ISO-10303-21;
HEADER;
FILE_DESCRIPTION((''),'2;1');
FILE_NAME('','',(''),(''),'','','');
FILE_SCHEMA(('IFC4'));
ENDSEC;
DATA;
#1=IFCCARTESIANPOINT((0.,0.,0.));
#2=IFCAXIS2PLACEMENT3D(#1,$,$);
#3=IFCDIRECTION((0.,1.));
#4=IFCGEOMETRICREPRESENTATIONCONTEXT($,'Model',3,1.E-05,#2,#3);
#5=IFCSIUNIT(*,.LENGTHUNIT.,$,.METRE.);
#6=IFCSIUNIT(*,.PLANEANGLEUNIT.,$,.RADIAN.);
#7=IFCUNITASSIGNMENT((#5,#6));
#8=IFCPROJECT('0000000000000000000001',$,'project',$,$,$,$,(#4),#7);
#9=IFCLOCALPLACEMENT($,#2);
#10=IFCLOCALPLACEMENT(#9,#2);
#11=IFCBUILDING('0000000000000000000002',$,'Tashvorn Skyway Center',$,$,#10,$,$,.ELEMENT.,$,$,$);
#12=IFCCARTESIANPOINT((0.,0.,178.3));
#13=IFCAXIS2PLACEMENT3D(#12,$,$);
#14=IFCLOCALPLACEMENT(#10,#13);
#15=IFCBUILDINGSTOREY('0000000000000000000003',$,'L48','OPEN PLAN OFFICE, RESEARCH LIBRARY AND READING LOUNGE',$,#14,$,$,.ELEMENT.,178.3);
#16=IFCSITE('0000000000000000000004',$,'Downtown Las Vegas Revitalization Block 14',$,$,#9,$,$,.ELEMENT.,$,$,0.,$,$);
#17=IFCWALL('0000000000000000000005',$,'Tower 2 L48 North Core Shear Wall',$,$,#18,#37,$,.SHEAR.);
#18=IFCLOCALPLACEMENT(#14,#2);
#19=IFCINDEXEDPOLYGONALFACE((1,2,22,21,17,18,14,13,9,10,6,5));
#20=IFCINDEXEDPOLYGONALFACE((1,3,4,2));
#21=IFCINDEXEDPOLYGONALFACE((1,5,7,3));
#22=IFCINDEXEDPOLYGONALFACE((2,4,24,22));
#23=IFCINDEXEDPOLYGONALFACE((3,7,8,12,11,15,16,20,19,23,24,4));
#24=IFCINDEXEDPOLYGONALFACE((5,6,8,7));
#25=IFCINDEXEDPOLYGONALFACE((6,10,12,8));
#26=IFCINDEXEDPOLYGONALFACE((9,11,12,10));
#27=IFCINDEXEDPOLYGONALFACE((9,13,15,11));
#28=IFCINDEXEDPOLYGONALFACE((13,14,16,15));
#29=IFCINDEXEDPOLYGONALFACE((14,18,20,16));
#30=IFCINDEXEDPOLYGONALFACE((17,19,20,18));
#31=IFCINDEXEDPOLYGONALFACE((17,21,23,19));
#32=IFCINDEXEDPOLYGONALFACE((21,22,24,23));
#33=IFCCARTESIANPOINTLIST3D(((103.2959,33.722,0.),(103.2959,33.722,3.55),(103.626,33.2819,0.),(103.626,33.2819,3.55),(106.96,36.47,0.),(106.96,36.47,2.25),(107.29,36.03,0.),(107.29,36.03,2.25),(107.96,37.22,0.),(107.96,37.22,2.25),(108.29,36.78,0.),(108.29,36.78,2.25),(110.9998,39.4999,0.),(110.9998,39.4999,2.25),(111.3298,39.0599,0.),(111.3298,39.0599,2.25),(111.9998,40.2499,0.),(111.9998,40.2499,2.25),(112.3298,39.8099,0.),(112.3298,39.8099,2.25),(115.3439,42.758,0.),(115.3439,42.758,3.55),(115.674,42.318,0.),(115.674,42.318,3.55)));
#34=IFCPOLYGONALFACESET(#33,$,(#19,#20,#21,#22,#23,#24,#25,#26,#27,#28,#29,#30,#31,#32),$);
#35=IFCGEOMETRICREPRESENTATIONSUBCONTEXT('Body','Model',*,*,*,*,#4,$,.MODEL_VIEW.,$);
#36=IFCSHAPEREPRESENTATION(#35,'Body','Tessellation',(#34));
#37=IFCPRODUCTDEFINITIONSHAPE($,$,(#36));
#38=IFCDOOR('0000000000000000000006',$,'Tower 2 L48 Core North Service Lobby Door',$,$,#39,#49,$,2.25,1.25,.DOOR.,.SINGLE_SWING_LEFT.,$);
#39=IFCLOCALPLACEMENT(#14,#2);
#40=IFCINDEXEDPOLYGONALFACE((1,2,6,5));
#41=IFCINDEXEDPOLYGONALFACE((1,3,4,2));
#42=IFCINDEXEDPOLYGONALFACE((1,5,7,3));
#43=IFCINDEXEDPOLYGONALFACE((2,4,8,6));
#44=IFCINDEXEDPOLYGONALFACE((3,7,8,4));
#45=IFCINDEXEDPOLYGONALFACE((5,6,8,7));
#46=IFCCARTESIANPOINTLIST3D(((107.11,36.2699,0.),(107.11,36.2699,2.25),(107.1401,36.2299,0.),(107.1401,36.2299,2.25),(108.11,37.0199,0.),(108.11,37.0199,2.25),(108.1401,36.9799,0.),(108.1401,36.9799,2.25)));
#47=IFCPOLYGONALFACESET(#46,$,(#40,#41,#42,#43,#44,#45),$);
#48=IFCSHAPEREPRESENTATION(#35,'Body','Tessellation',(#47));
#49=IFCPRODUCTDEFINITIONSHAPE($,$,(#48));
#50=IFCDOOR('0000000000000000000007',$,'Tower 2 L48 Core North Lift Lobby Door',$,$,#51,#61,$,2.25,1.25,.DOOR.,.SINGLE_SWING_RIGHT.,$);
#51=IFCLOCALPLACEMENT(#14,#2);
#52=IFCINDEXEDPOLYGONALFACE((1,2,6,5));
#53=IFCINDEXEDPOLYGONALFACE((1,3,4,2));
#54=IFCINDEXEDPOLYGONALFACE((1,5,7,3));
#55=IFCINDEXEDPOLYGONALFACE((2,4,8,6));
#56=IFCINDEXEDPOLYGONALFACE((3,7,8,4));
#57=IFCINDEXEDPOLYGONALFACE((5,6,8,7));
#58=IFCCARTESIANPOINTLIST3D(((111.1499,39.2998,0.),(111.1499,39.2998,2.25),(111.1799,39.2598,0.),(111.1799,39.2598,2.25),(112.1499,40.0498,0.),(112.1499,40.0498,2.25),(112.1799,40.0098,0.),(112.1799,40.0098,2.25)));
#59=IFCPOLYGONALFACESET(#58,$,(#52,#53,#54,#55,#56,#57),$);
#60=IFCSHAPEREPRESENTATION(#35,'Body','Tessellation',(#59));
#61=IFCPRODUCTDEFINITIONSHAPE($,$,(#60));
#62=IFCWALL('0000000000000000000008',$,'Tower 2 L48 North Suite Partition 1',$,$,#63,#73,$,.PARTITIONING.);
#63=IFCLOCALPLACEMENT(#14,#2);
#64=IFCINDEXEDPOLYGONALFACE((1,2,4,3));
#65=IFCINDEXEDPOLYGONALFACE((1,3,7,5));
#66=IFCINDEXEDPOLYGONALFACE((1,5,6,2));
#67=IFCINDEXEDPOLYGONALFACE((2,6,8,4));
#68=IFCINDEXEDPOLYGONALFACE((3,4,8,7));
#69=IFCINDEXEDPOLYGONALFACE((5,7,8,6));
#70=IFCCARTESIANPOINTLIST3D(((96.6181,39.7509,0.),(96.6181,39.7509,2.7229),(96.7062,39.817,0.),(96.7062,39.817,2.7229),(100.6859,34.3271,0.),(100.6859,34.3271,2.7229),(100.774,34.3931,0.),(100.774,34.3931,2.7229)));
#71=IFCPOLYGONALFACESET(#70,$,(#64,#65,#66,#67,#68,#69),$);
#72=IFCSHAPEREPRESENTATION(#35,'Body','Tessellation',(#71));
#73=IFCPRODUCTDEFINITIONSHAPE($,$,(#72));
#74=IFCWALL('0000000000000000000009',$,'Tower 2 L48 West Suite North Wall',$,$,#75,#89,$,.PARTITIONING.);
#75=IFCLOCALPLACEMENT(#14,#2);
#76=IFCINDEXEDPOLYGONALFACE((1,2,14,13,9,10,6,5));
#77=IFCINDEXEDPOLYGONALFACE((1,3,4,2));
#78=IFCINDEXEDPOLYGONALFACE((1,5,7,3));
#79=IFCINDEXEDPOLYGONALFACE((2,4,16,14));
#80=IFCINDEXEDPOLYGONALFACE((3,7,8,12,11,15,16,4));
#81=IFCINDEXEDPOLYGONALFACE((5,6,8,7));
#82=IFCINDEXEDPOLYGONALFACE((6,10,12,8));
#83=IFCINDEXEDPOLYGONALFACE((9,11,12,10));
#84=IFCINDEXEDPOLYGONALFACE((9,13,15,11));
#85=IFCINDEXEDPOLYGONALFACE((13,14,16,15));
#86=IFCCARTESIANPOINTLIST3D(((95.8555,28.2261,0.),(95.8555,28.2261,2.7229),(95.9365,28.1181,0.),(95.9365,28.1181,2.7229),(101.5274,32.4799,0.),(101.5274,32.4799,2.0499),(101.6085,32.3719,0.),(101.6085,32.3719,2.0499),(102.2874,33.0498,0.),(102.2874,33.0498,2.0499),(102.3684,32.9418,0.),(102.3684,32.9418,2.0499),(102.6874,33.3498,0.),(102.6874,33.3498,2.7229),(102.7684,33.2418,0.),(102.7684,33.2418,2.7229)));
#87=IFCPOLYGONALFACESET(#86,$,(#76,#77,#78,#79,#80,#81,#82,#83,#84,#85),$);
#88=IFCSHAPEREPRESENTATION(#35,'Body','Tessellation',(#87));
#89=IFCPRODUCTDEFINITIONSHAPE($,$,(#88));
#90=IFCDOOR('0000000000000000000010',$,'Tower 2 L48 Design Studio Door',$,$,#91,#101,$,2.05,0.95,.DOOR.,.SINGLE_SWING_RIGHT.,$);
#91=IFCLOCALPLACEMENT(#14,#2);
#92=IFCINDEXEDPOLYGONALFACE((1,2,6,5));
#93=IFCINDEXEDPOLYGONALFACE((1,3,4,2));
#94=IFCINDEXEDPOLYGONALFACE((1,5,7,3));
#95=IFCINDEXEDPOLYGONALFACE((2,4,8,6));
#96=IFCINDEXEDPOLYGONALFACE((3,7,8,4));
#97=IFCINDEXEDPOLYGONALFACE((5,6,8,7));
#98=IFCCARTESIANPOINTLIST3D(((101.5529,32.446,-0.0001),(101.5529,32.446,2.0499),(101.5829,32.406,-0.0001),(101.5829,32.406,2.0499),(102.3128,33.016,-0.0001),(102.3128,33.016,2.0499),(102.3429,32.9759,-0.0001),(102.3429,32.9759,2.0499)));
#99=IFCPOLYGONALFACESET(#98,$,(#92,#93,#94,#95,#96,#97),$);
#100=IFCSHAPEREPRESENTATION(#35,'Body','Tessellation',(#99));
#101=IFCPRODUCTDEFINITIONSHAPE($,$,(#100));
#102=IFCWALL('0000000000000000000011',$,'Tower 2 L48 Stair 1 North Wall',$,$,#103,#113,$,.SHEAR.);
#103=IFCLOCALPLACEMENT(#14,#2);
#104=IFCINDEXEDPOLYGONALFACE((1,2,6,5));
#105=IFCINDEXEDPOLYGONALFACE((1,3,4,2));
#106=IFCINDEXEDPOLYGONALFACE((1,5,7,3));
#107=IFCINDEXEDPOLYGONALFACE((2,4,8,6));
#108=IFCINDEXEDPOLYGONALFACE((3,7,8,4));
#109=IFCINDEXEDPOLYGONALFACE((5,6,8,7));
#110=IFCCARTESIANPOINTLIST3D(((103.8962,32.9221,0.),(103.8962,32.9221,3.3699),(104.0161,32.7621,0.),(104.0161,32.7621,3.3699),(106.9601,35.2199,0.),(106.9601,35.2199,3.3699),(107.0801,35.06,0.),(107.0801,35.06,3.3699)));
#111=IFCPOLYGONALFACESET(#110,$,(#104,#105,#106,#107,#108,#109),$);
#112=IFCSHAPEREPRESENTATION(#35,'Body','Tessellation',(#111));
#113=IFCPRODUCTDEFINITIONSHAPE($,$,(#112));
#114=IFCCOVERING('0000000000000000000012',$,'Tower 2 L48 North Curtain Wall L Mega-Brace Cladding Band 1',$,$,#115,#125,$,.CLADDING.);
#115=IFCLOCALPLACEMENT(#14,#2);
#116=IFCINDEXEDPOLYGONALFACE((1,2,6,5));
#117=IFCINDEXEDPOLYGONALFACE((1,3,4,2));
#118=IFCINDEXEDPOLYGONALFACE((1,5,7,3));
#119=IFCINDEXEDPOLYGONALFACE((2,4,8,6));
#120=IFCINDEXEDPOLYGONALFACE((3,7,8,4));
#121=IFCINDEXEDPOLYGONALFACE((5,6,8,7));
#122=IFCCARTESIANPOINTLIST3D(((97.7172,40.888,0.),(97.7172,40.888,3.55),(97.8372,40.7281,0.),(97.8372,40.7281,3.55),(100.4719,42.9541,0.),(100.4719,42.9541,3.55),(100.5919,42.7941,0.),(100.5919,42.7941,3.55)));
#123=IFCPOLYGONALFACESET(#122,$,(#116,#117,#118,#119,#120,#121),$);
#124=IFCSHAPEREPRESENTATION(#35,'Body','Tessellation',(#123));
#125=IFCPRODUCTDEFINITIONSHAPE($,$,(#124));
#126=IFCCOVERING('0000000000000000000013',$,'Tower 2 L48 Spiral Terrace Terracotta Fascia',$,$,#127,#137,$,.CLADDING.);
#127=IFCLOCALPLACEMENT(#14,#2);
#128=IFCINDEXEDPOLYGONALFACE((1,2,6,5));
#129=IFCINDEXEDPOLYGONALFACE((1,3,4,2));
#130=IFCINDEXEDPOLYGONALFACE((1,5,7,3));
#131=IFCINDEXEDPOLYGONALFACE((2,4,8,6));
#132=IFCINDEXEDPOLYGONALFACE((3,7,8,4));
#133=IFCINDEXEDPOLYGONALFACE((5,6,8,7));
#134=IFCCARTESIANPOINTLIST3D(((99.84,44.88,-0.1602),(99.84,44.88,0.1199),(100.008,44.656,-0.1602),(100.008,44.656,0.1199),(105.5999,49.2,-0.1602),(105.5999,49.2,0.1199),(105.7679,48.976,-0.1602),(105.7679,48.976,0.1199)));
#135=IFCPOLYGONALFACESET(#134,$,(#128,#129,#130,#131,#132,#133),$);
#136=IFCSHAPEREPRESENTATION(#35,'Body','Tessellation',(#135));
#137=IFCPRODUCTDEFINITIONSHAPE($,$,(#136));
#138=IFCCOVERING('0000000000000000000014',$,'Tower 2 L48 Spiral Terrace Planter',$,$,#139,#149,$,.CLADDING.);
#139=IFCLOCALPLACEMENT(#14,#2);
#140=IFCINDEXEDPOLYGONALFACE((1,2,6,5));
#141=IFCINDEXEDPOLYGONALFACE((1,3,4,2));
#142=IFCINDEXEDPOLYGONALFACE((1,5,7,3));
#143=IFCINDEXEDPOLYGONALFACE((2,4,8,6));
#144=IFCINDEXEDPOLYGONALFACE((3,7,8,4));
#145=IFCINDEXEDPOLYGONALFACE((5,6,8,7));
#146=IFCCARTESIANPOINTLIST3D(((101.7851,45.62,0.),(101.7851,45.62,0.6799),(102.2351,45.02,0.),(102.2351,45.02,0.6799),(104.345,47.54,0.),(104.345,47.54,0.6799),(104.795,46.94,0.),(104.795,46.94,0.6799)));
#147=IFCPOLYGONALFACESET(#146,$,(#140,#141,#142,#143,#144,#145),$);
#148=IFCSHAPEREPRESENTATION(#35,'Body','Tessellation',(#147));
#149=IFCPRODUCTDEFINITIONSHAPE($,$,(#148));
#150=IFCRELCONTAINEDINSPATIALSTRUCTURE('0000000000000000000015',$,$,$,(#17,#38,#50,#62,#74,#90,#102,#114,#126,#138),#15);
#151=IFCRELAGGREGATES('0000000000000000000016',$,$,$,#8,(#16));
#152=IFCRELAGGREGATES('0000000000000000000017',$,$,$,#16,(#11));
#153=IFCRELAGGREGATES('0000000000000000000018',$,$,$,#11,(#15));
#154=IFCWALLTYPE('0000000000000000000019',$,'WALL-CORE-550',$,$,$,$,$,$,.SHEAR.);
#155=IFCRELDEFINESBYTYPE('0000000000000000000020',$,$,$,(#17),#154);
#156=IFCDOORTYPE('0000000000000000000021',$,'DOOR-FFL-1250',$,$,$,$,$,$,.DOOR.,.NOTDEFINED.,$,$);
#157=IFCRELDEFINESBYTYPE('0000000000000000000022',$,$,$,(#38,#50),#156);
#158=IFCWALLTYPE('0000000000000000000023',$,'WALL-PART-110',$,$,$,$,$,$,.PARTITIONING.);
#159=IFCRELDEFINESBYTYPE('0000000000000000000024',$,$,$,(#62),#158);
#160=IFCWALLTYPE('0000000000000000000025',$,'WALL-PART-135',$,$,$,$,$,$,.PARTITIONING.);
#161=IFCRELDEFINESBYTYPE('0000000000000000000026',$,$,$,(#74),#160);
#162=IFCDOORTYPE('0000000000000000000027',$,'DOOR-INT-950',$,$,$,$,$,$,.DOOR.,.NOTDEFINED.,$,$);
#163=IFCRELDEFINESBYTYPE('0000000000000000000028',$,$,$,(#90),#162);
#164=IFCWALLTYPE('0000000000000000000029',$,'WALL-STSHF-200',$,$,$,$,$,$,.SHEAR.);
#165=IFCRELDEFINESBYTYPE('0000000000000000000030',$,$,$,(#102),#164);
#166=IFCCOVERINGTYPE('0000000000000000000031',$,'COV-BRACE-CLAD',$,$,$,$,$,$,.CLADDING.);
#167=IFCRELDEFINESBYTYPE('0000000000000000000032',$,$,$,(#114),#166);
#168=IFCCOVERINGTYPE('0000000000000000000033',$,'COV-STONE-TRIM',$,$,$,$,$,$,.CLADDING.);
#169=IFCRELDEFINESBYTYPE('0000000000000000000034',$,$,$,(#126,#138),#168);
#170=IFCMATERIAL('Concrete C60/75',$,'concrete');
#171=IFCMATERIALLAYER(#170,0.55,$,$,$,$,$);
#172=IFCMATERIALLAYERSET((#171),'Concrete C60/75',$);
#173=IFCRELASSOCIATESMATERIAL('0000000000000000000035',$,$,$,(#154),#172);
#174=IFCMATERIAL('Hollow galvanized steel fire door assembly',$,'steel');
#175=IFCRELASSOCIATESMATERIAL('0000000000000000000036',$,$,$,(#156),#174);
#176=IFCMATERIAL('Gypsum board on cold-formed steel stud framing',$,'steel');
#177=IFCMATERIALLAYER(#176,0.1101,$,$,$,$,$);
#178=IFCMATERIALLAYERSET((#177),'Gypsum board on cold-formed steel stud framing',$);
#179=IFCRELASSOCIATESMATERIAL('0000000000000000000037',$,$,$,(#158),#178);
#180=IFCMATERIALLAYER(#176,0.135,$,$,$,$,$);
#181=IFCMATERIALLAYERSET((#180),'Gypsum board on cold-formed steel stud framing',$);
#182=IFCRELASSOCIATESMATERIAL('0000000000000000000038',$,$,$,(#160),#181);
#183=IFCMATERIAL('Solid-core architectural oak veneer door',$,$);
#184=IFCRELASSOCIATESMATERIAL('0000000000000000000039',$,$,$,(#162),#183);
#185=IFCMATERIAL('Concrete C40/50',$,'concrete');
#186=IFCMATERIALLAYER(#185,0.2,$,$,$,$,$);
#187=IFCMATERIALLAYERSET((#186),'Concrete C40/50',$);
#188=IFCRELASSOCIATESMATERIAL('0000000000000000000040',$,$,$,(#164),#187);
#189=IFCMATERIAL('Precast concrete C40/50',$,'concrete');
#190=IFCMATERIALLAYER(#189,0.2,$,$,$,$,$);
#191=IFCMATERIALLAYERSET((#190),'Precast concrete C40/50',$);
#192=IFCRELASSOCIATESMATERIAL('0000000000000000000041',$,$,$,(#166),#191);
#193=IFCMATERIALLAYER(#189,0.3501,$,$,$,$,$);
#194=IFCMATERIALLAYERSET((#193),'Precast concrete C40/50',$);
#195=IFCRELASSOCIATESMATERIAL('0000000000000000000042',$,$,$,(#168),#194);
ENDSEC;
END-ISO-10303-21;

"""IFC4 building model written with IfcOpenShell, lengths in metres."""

from ifc_helpers import new_model, si_unit, direction, frame, frame_2d, origin, origin_2d, place, context, subcontext, project, spatial, rectangle, extrude, material, layer, layer_set, type_object, element, fill, save


model = new_model("IFC4")

# Units and contexts
model_context = context("Model", 3, precision=1e-05, world=origin(), true_north=direction((0.0, 1.0)))
body_context = subcontext(model_context, "Body", "Model", "MODEL_VIEW")
ifc_project = project(units=[si_unit("LENGTHUNIT", "METRE"), si_unit("PLANEANGLEUNIT", "RADIAN")], contexts=[model_context])

# Site, building, storey
site_placement = place(None, origin())
site = spatial("IfcSite", under=ifc_project, at=site_placement, Name="Downtown Las Vegas Revitalization Block 14", CompositionType="ELEMENT", RefElevation=0.0)
building_placement = place(site_placement, origin())
building = spatial("IfcBuilding", under=site, at=building_placement, Name="Tashvorn Skyway Center", CompositionType="ELEMENT")
storey_placement = place(building_placement, frame((0.0, 0.0, 178.3)))
storey = spatial("IfcBuildingStorey", under=building, at=storey_placement, Name="L48", Description="OPEN PLAN OFFICE, RESEARCH LIBRARY AND READING LOUNGE", CompositionType="ELEMENT", Elevation=178.3)

# Wall, openings, doors
ifc_material_1 = material(Name="Concrete C60/75", Category="concrete")
ifc_layer_1 = layer(ifc_material_1, 0.55)
ifc_layer_set_1 = layer_set([ifc_layer_1], Name="Concrete C60/75")
wall_type_1 = type_object("IfcWallType", Name="WALL-CORE-550", PredefinedType="SHEAR", material=ifc_layer_set_1)
wall_1_placement = place(storey_placement, frame((103.4609, 33.502, 0.0), z_axis=(0.0, 0.0, 1.0), x_axis=(0.799998, 0.600003, 0.0)))
wall_1 = element("IfcWall", 1, at=wall_1_placement, inside=storey, type_object=wall_type_1, Name="Tower 2 L48 North Core Shear Wall", PredefinedType="SHEAR", context=body_context, shape_type="SweptSolid", body=[
    extrude(rectangle(XDim=15.0601, YDim=0.55, at=frame_2d((7.53, 0.0))), origin(), (0.0, 0.0, 1.0), 3.55),
])
opening_1_placement = place(wall_1_placement, frame((4.5801, 0.0, 0.0)))
opening_1 = element("IfcOpeningElement", 2, at=opening_1_placement, cuts=wall_1, PredefinedType="OPENING", context=body_context, shape_type="SweptSolid", body=[
    extrude(rectangle(XDim=1.25, YDim=2.25, at=frame_2d((0.625, 1.125))), frame((0.0, 0.2849, 0.0), z_axis=(0.0, -1.0, 0.0), x_axis=(1.0, 0.0, 0.0)), (0.0, 0.0, 1.0), 0.5701),
])
opening_2_placement = place(wall_1_placement, frame((9.6299, 0.0, 0.0)))
opening_2 = element("IfcOpeningElement", 3, at=opening_2_placement, cuts=wall_1, PredefinedType="OPENING", context=body_context, shape_type="SweptSolid", body=[
    extrude(rectangle(XDim=1.25, YDim=2.25, at=frame_2d((0.625, 1.125))), frame((0.0, 0.2849, 0.0), z_axis=(0.0, -1.0, 0.0), x_axis=(1.0, 0.0, 0.0)), (0.0, 0.0, 1.0), 0.5701),
])
ifc_material_2 = material(Name="Hollow galvanized steel fire door assembly", Category="steel")
door_type_1 = type_object("IfcDoorType", Name="DOOR-FFL-1250", OperationType="NOTDEFINED", PredefinedType="DOOR", material=ifc_material_2)
door_1_placement = place(opening_1_placement, origin())
door_1 = element("IfcDoor", 4, at=door_1_placement, inside=storey, type_object=door_type_1, Name="Tower 2 L48 Core North Service Lobby Door", OperationType="SINGLE_SWING_LEFT", OverallHeight=2.25, OverallWidth=1.25, PredefinedType="DOOR", context=body_context, shape_type="SweptSolid", body=[
    extrude(rectangle(XDim=1.25, YDim=2.25, at=frame_2d((0.625, 1.125))), frame((0.0, 0.0249, 0.0), z_axis=(0.0, -1.0, 0.0), x_axis=(1.0, 0.0, 0.0)), (0.0, 0.0, 1.0), 0.05),
])
fill(opening_1, door_1)
door_2_placement = place(opening_2_placement, origin())
door_2 = element("IfcDoor", 5, at=door_2_placement, inside=storey, type_object=door_type_1, Name="Tower 2 L48 Core North Lift Lobby Door", OperationType="SINGLE_SWING_RIGHT", OverallHeight=2.25, OverallWidth=1.25, PredefinedType="DOOR", context=body_context, shape_type="SweptSolid", body=[
    extrude(rectangle(XDim=1.25, YDim=2.25, at=frame_2d((0.625, 1.125))), frame((0.0, 0.0249, 0.0), z_axis=(0.0, -1.0, 0.0), x_axis=(1.0, 0.0, 0.0)), (0.0, 0.0, 1.0), 0.05),
])
fill(opening_2, door_2)

# Shared definitions
ifc_material_3 = material(Name="Precast concrete C40/50", Category="concrete")

# Wall
ifc_material_4 = material(Name="Gypsum board on cold-formed steel stud framing", Category="steel")
ifc_layer_2 = layer(ifc_material_4, 0.1101)
ifc_layer_set_2 = layer_set([ifc_layer_2], Name="Gypsum board on cold-formed steel stud framing")
wall_type_2 = type_object("IfcWallType", Name="WALL-PART-110", PredefinedType="PARTITIONING", material=ifc_layer_set_2)
wall_2_placement = place(storey_placement, frame((100.73, 34.3601, 0.0), z_axis=(0.0, 0.0, 1.0), x_axis=(-0.6, 0.8, 0.0)))
element("IfcWall", 6, at=wall_2_placement, inside=storey, type_object=wall_type_2, Name="Tower 2 L48 North Suite Partition 1", PredefinedType="PARTITIONING", context=body_context, shape_type="SweptSolid", body=[
    extrude(rectangle(XDim=6.7798, YDim=0.1101, at=frame_2d((3.3899, 0.0))), origin(), (0.0, 0.0, 1.0), 2.7229),
])

# Wall, opening, door
ifc_layer_3 = layer(ifc_material_4, 0.135)
ifc_layer_set_3 = layer_set([ifc_layer_3], Name="Gypsum board on cold-formed steel stud framing")
wall_type_3 = type_object("IfcWallType", Name="WALL-PART-135", PredefinedType="PARTITIONING", material=ifc_layer_set_3)
wall_3_placement = place(storey_placement, frame((102.728, 33.2959, 0.0), z_axis=(0.0, 0.0, 1.0), x_axis=(-0.800014, -0.599982, 0.0)))
wall_3 = element("IfcWall", 7, at=wall_3_placement, inside=storey, type_object=wall_type_3, Name="Tower 2 L48 West Suite North Wall", PredefinedType="PARTITIONING", context=body_context, shape_type="SweptSolid", body=[
    extrude(rectangle(XDim=8.5398, YDim=0.135, at=frame_2d((4.27, 0.0))), origin(), (0.0, 0.0, 1.0), 2.7229),
])
opening_3_placement = place(wall_3_placement, frame((0.5, 0.0, 0.0)))
opening_3 = element("IfcOpeningElement", 8, at=opening_3_placement, cuts=wall_3, PredefinedType="OPENING", context=body_context, shape_type="SweptSolid", body=[
    extrude(rectangle(XDim=0.95, YDim=2.05, at=frame_2d((0.4751, 1.0249))), frame((0.0, 0.0774, 0.0), z_axis=(0.0, -1.0, 0.0), x_axis=(1.0, 0.0, 0.0)), (0.0, 0.0, 1.0), 0.155),
])
ifc_material_5 = material(Name="Solid-core architectural oak veneer door")
door_type_2 = type_object("IfcDoorType", Name="DOOR-INT-950", OperationType="NOTDEFINED", PredefinedType="DOOR", material=ifc_material_5)
door_3_placement = place(opening_3_placement, origin())
door_3 = element("IfcDoor", 9, at=door_3_placement, inside=storey, type_object=door_type_2, Name="Tower 2 L48 Design Studio Door", OperationType="SINGLE_SWING_RIGHT", OverallHeight=2.05, OverallWidth=0.95, PredefinedType="DOOR", context=body_context, shape_type="SweptSolid", body=[
    extrude(rectangle(XDim=0.95, YDim=2.05, at=frame_2d((0.4751, 1.0249))), frame((0.0, 0.0249, 0.0), z_axis=(0.0, -1.0, 0.0), x_axis=(1.0, 0.0, 0.0)), (0.0, 0.0, 1.0), 0.05),
])
fill(opening_3, door_3)

# Wall
ifc_material_6 = material(Name="Concrete C40/50", Category="concrete")
ifc_layer_4 = layer(ifc_material_6, 0.2)
ifc_layer_set_4 = layer_set([ifc_layer_4], Name="Concrete C40/50")
wall_type_4 = type_object("IfcWallType", Name="WALL-STSHF-200", PredefinedType="SHEAR", material=ifc_layer_set_4)
wall_4_placement = place(storey_placement, frame((103.9561, 32.842, 0.0), z_axis=(0.0, 0.0, 1.0), x_axis=(0.800015, 0.59998, 0.0)))
element("IfcWall", 10, at=wall_4_placement, inside=storey, type_object=wall_type_4, Name="Tower 2 L48 Stair 1 North Wall", PredefinedType="SHEAR", context=body_context, shape_type="SweptSolid", body=[
    extrude(rectangle(XDim=3.8298, YDim=0.2, at=frame_2d((1.915, 0.0))), origin(), (0.0, 0.0, 1.0), 3.3699),
])

# Coverings
ifc_layer_5 = layer(ifc_material_3, 0.2)
ifc_layer_set_5 = layer_set([ifc_layer_5], Name="Precast concrete C40/50")
covering_type_1 = type_object("IfcCoveringType", Name="COV-BRACE-CLAD", PredefinedType="CLADDING", material=ifc_layer_set_5)
covering_1_placement = place(storey_placement, frame((99.1545, 41.8411, 0.0), z_axis=(0.0, 0.0, 1.0), x_axis=(0.8, 0.6, 0.0)))
element("IfcCovering", 11, at=covering_1_placement, inside=storey, type_object=covering_type_1, Name="Tower 2 L48 North Curtain Wall L Mega-Brace Cladding Band 1", PredefinedType="CLADDING", context=body_context, shape_type="SweptSolid", body=[
    extrude(rectangle(XDim=3.4434, YDim=0.2, at=origin_2d()), origin(), (0.0, 0.0, 1.0), 3.55),
])
ifc_layer_6 = layer(ifc_material_3, 0.3501)
ifc_layer_set_6 = layer_set([ifc_layer_6], Name="Precast concrete C40/50")
covering_type_2 = type_object("IfcCoveringType", Name="COV-STONE-TRIM", PredefinedType="CLADDING", material=ifc_layer_set_6)
covering_2_placement = place(storey_placement, frame((102.804, 46.928, -0.1602), z_axis=(0.0, 0.0, 1.0), x_axis=(0.8, 0.6, 0.0)))
element("IfcCovering", 12, at=covering_2_placement, inside=storey, type_object=covering_type_2, Name="Tower 2 L48 Spiral Terrace Terracotta Fascia", PredefinedType="CLADDING", context=body_context, shape_type="SweptSolid", body=[
    extrude(rectangle(XDim=7.2, YDim=0.28, at=origin_2d()), origin(), (0.0, 0.0, 1.0), 0.28),
])
covering_3_placement = place(storey_placement, frame((103.29, 46.28, 0.0), z_axis=(0.0, 0.0, 1.0), x_axis=(0.8, 0.6, 0.0)))
element("IfcCovering", 13, at=covering_3_placement, inside=storey, type_object=covering_type_2, Name="Tower 2 L48 Spiral Terrace Planter", PredefinedType="CLADDING", context=body_context, shape_type="SweptSolid", body=[
    extrude(rectangle(XDim=3.2, YDim=0.75, at=origin_2d()), origin(), (0.0, 0.0, 1.0), 0.6799),
])

save(model, "model.ifc")
